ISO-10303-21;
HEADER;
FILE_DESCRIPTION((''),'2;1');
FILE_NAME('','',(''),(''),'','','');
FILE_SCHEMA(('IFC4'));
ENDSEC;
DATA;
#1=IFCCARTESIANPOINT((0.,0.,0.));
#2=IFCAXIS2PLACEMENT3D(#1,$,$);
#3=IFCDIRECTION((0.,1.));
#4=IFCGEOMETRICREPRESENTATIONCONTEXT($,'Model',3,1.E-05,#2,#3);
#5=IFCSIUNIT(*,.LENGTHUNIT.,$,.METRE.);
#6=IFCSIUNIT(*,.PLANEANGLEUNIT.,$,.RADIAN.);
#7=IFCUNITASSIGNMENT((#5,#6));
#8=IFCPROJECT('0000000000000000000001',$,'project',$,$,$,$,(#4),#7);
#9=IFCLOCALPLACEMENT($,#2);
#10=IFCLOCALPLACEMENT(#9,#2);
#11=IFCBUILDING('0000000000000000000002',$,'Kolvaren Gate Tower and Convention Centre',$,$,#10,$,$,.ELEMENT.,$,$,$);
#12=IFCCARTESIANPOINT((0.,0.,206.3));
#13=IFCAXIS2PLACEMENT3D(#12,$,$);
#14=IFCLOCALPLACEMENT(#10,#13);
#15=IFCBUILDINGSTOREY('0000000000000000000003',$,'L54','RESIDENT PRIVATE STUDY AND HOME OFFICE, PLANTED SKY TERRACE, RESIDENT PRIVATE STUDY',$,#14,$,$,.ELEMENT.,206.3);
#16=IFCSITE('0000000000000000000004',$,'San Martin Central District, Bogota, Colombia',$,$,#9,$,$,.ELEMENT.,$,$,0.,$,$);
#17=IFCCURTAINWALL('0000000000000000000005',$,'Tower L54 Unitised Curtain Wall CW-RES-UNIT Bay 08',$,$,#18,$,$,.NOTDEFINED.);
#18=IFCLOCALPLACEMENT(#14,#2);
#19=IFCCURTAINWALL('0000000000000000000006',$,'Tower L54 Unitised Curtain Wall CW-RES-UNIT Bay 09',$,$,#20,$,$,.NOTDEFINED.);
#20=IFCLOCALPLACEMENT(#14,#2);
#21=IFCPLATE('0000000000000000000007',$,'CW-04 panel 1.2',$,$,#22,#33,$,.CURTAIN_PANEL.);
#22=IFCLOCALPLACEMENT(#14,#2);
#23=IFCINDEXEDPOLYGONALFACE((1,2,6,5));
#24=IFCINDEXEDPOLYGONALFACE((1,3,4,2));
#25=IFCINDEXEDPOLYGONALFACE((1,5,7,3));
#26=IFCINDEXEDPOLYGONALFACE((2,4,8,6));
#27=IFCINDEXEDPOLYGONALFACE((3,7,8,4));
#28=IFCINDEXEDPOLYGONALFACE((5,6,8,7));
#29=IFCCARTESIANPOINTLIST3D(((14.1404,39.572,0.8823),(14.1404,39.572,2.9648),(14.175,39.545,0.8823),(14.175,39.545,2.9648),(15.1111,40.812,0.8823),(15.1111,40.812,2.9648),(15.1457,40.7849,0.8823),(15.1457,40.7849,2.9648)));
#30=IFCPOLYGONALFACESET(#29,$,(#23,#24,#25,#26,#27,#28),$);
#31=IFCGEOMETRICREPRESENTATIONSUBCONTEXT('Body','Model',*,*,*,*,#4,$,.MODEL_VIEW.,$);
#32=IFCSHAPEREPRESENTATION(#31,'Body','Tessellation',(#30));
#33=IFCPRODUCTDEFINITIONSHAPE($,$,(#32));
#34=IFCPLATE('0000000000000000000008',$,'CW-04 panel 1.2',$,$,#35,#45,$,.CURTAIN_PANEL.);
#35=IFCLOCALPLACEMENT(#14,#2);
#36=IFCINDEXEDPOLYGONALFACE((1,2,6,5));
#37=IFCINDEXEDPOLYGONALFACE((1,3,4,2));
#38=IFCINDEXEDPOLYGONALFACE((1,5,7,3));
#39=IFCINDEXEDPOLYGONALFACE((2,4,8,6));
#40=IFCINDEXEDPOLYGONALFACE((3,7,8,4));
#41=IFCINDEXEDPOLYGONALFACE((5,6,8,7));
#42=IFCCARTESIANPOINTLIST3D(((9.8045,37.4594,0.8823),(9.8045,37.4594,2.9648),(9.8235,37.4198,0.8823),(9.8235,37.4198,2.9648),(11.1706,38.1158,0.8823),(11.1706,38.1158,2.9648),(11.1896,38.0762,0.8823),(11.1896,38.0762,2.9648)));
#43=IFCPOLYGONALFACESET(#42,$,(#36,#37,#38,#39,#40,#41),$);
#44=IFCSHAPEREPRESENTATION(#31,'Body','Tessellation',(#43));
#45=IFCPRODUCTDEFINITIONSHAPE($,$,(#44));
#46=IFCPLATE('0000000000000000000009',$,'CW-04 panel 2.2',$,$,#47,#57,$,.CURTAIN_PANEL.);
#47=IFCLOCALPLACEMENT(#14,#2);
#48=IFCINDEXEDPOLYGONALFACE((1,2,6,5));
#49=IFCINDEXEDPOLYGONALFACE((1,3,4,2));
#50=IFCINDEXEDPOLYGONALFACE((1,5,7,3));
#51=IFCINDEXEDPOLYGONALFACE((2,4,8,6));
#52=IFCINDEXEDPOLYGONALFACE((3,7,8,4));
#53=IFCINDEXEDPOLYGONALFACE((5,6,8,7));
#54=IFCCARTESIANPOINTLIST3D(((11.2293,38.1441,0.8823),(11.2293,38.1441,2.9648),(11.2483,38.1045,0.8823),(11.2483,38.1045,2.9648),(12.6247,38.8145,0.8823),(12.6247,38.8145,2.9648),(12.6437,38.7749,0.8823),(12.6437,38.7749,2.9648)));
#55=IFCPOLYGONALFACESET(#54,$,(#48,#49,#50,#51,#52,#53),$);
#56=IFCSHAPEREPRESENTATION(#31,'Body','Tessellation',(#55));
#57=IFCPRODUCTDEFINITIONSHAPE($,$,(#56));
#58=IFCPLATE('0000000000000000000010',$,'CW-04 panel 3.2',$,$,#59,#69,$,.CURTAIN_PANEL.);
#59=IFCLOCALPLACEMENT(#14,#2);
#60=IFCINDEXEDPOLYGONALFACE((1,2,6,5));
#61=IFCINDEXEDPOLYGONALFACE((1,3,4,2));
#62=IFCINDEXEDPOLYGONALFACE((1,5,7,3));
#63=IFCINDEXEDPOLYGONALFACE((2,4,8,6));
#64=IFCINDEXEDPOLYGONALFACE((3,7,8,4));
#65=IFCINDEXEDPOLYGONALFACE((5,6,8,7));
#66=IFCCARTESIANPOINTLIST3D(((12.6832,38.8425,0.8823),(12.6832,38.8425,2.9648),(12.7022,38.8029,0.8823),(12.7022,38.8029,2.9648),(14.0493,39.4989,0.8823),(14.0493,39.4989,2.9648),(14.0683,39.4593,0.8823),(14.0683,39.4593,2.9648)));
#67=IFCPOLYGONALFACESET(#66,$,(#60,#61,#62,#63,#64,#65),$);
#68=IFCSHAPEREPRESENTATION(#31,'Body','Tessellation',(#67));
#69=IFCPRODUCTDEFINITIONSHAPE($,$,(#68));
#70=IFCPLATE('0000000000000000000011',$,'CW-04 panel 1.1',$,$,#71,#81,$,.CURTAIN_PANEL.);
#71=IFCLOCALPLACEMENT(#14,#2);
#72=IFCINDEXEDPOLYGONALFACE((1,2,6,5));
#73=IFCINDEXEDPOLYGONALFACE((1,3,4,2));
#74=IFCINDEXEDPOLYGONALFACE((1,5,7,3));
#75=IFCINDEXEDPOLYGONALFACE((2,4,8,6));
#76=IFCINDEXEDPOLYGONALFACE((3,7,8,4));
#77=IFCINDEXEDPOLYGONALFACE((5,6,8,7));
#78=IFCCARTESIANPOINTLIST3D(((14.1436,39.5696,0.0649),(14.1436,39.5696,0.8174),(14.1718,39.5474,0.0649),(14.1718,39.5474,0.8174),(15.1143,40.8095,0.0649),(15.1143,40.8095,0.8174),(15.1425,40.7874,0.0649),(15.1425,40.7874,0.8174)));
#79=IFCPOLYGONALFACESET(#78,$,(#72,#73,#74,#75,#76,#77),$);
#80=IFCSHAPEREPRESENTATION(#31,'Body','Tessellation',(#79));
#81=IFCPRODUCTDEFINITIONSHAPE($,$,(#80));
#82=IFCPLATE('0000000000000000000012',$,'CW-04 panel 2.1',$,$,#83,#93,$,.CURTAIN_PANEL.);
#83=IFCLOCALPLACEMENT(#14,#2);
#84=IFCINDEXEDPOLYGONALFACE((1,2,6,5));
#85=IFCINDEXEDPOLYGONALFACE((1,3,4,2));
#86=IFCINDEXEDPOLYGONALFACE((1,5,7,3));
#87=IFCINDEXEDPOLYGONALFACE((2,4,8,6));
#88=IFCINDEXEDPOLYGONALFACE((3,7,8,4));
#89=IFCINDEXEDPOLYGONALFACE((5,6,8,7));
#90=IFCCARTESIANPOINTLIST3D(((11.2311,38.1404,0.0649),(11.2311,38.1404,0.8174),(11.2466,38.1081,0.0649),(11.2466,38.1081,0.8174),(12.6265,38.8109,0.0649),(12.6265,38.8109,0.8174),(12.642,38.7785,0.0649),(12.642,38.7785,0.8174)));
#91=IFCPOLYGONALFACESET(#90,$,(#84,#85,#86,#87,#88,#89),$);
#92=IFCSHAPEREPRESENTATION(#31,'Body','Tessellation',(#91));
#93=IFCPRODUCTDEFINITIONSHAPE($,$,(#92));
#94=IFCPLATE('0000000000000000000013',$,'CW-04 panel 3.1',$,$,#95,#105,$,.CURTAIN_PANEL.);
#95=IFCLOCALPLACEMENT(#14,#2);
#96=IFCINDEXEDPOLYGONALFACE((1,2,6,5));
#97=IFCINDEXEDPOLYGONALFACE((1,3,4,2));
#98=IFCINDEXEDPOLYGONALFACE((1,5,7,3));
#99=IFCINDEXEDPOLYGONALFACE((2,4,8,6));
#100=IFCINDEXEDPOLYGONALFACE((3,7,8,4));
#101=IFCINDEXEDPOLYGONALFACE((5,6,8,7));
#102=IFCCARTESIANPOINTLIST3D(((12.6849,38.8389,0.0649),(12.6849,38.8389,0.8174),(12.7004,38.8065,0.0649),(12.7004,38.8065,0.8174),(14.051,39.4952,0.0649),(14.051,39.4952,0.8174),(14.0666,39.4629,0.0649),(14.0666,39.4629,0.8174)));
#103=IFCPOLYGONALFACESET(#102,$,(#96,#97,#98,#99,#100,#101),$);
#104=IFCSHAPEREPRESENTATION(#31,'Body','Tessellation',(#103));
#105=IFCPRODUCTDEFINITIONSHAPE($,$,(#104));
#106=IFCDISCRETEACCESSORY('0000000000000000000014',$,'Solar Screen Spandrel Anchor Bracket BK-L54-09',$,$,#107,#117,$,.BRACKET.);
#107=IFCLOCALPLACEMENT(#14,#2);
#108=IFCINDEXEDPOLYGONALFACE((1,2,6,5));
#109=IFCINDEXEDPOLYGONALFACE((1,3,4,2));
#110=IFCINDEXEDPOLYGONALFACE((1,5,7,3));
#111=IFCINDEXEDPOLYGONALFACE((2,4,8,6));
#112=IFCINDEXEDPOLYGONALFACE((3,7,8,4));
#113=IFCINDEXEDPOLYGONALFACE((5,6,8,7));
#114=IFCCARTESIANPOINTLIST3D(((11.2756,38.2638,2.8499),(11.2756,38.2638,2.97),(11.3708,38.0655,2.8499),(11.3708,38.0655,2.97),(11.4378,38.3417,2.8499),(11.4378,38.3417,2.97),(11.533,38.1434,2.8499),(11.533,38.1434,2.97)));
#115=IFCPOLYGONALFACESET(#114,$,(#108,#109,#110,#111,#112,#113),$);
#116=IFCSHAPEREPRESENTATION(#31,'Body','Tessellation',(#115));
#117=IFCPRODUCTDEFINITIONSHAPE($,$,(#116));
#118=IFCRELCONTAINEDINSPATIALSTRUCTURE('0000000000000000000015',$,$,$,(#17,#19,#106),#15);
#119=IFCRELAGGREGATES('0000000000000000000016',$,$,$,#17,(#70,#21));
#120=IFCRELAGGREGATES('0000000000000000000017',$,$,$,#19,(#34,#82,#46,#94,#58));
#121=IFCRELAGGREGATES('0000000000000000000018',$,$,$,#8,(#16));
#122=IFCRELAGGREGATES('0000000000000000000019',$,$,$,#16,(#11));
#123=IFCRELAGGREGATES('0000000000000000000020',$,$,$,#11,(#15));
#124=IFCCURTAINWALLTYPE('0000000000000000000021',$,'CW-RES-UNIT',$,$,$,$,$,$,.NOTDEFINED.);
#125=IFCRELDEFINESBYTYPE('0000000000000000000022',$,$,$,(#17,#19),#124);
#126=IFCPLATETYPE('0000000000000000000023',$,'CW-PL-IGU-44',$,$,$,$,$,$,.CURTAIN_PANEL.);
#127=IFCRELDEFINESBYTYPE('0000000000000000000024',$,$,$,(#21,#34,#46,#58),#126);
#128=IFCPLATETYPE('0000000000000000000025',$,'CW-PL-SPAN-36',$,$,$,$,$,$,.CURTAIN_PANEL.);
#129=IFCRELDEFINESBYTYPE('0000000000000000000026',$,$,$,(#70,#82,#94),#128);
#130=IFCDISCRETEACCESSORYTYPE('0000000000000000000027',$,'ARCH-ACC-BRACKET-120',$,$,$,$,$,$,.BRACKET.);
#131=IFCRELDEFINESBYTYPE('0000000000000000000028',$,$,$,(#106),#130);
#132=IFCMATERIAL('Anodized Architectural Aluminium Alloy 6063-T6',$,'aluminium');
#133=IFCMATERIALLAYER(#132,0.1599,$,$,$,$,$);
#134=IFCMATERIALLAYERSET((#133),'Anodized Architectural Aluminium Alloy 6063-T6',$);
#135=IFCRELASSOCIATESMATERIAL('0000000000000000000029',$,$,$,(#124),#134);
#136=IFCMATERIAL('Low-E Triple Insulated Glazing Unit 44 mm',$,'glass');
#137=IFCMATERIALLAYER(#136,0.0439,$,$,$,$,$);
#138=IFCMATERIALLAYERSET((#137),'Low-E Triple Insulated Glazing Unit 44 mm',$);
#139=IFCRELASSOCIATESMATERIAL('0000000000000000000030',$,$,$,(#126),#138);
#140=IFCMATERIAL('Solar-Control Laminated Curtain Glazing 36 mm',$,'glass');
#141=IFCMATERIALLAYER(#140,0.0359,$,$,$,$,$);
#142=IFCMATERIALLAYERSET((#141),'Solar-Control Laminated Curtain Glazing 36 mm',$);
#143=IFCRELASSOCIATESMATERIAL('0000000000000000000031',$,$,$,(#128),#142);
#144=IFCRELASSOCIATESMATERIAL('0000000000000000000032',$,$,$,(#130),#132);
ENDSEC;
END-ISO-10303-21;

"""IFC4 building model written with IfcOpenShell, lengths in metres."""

from ifc_helpers import new_model, si_unit, direction, frame, origin, origin_2d, place, context, subcontext, project, spatial, rectangle, extrude, material, layer, layer_set, type_object, element, aggregate, save


model = new_model("IFC4")

# Units and contexts
model_context = context("Model", 3, precision=1e-05, world=origin(), true_north=direction((0.0, 1.0)))
body_context = subcontext(model_context, "Body", "Model", "MODEL_VIEW")
ifc_project = project(units=[si_unit("LENGTHUNIT", "METRE"), si_unit("PLANEANGLEUNIT", "RADIAN")], contexts=[model_context])

# Site, building, storey
site_placement = place(None, origin())
site = spatial("IfcSite", under=ifc_project, at=site_placement, Name="San Martin Central District, Bogota, Colombia", CompositionType="ELEMENT", RefElevation=0.0)
building_placement = place(site_placement, origin())
building = spatial("IfcBuilding", under=site, at=building_placement, Name="Kolvaren Gate Tower and Convention Centre", CompositionType="ELEMENT")
storey_placement = place(building_placement, frame((0.0, 0.0, 206.3)))
storey = spatial("IfcBuildingStorey", under=building, at=storey_placement, Name="L54", Description="RESIDENT PRIVATE STUDY AND HOME OFFICE, PLANTED SKY TERRACE, RESIDENT PRIVATE STUDY", CompositionType="ELEMENT", Elevation=206.3)

# Curtain wall
ifc_material_1 = material(Name="Anodized Architectural Aluminium Alloy 6063-T6", Category="aluminium")
ifc_layer_1 = layer(ifc_material_1, 0.1599)
ifc_layer_set_1 = layer_set([ifc_layer_1], Name="Anodized Architectural Aluminium Alloy 6063-T6")
curtain_wall_type = type_object("IfcCurtainWallType", Name="CW-RES-UNIT", PredefinedType="NOTDEFINED", material=ifc_layer_set_1)
curtain_wall_1_placement = place(storey_placement, origin())
curtain_wall_1 = element("IfcCurtainWall", 1, at=curtain_wall_1_placement, inside=storey, type_object=curtain_wall_type, Name="Tower L54 Unitised Curtain Wall CW-RES-UNIT Bay 08", PredefinedType="NOTDEFINED")

# Curtain wall
curtain_wall_2_placement = place(storey_placement, origin())
curtain_wall_2 = element("IfcCurtainWall", 2, at=curtain_wall_2_placement, inside=storey, type_object=curtain_wall_type, Name="Tower L54 Unitised Curtain Wall CW-RES-UNIT Bay 09", PredefinedType="NOTDEFINED")

# Plates
ifc_material_2 = material(Name="Low-E Triple Insulated Glazing Unit 44 mm", Category="glass")
ifc_layer_2 = layer(ifc_material_2, 0.0439)
ifc_layer_set_2 = layer_set([ifc_layer_2], Name="Low-E Triple Insulated Glazing Unit 44 mm")
plate_type_1 = type_object("IfcPlateType", Name="CW-PL-IGU-44", PredefinedType="CURTAIN_PANEL", material=ifc_layer_set_2)
plate_1_placement = place(storey_placement, frame((14.6431, 40.1785, 0.8823), z_axis=(0.0, 0.0, 1.0), x_axis=(0.61643, 0.78741, 0.0)))
plate_1 = element("IfcPlate", 3, at=plate_1_placement, type_object=plate_type_1, Name="CW-04 panel 1.2", PredefinedType="CURTAIN_PANEL", context=body_context, shape_type="SweptSolid", body=[
    extrude(rectangle(XDim=1.5747, YDim=0.0439, at=origin_2d()), origin(), (0.0, 0.0, 1.0), 2.0825),
])
plate_2_placement = place(storey_placement, frame((10.4971, 37.7678, 0.8823), z_axis=(0.0, 0.0, 1.0), x_axis=(0.901362, 0.433066, 0.0)))
plate_2 = element("IfcPlate", 4, at=plate_2_placement, type_object=plate_type_1, Name="CW-04 panel 1.2", PredefinedType="CURTAIN_PANEL", context=body_context, shape_type="SweptSolid", body=[
    extrude(rectangle(XDim=1.5156, YDim=0.0439, at=origin_2d()), origin(), (0.0, 0.0, 1.0), 2.0825),
])
plate_3_placement = place(storey_placement, frame((11.9365, 38.4595, 0.8823), z_axis=(0.0, 0.0, 1.0), x_axis=(0.901362, 0.433066, 0.0)))
plate_3 = element("IfcPlate", 5, at=plate_3_placement, type_object=plate_type_1, Name="CW-04 panel 2.2", PredefinedType="CURTAIN_PANEL", context=body_context, shape_type="SweptSolid", body=[
    extrude(rectangle(XDim=1.5481, YDim=0.0439, at=origin_2d()), origin(), (0.0, 0.0, 1.0), 2.0825),
])
plate_4_placement = place(storey_placement, frame((13.3757, 39.1509, 0.8823), z_axis=(0.0, 0.0, 1.0), x_axis=(0.901362, 0.433066, 0.0)))
plate_4 = element("IfcPlate", 6, at=plate_4_placement, type_object=plate_type_1, Name="CW-04 panel 3.2", PredefinedType="CURTAIN_PANEL", context=body_context, shape_type="SweptSolid", body=[
    extrude(rectangle(XDim=1.5156, YDim=0.0439, at=origin_2d()), origin(), (0.0, 0.0, 1.0), 2.0825),
])
ifc_material_3 = material(Name="Solar-Control Laminated Curtain Glazing 36 mm", Category="glass")
ifc_layer_3 = layer(ifc_material_3, 0.0359)
ifc_layer_set_3 = layer_set([ifc_layer_3], Name="Solar-Control Laminated Curtain Glazing 36 mm")
plate_type_2 = type_object("IfcPlateType", Name="CW-PL-SPAN-36", PredefinedType="CURTAIN_PANEL", material=ifc_layer_set_3)
plate_5_placement = place(storey_placement, frame((14.6431, 40.1785, 0.0649), z_axis=(0.0, 0.0, 1.0), x_axis=(0.61643, 0.78741, 0.0)))
plate_5 = element("IfcPlate", 7, at=plate_5_placement, type_object=plate_type_2, Name="CW-04 panel 1.1", PredefinedType="CURTAIN_PANEL", context=body_context, shape_type="SweptSolid", body=[
    extrude(rectangle(XDim=1.5747, YDim=0.0359, at=origin_2d()), origin(), (0.0, 0.0, 1.0), 0.7524),
])
aggregate(curtain_wall_1, [plate_5, plate_1])
plate_6_placement = place(storey_placement, frame((11.9365, 38.4595, 0.0649), z_axis=(0.0, 0.0, 1.0), x_axis=(0.901362, 0.433066, 0.0)))
plate_6 = element("IfcPlate", 8, at=plate_6_placement, type_object=plate_type_2, Name="CW-04 panel 2.1", PredefinedType="CURTAIN_PANEL", context=body_context, shape_type="SweptSolid", body=[
    extrude(rectangle(XDim=1.5481, YDim=0.0359, at=origin_2d()), origin(), (0.0, 0.0, 1.0), 0.7524),
])
plate_7_placement = place(storey_placement, frame((13.3757, 39.1509, 0.0649), z_axis=(0.0, 0.0, 1.0), x_axis=(0.901362, 0.433066, 0.0)))
plate_7 = element("IfcPlate", 9, at=plate_7_placement, type_object=plate_type_2, Name="CW-04 panel 3.1", PredefinedType="CURTAIN_PANEL", context=body_context, shape_type="SweptSolid", body=[
    extrude(rectangle(XDim=1.5156, YDim=0.0359, at=origin_2d()), origin(), (0.0, 0.0, 1.0), 0.7524),
])
aggregate(curtain_wall_2, [plate_2, plate_6, plate_3, plate_7, plate_4])

# Discrete accessory
discrete_accessory_type = type_object("IfcDiscreteAccessoryType", Name="ARCH-ACC-BRACKET-120", PredefinedType="BRACKET", material=ifc_material_1)
discrete_accessory_placement = place(storey_placement, frame((11.4043, 38.2036, 2.8499), z_axis=(0.0, 0.0, 1.0), x_axis=(0.901359, 0.433072, 0.0)))
element("IfcDiscreteAccessory", 10, at=discrete_accessory_placement, inside=storey, type_object=discrete_accessory_type, Name="Solar Screen Spandrel Anchor Bracket BK-L54-09", PredefinedType="BRACKET", context=body_context, shape_type="SweptSolid", body=[
    extrude(rectangle(XDim=0.1799, YDim=0.22, at=origin_2d()), origin(), (0.0, 0.0, 1.0), 0.1201),
])

save(model, "model.ifc")
